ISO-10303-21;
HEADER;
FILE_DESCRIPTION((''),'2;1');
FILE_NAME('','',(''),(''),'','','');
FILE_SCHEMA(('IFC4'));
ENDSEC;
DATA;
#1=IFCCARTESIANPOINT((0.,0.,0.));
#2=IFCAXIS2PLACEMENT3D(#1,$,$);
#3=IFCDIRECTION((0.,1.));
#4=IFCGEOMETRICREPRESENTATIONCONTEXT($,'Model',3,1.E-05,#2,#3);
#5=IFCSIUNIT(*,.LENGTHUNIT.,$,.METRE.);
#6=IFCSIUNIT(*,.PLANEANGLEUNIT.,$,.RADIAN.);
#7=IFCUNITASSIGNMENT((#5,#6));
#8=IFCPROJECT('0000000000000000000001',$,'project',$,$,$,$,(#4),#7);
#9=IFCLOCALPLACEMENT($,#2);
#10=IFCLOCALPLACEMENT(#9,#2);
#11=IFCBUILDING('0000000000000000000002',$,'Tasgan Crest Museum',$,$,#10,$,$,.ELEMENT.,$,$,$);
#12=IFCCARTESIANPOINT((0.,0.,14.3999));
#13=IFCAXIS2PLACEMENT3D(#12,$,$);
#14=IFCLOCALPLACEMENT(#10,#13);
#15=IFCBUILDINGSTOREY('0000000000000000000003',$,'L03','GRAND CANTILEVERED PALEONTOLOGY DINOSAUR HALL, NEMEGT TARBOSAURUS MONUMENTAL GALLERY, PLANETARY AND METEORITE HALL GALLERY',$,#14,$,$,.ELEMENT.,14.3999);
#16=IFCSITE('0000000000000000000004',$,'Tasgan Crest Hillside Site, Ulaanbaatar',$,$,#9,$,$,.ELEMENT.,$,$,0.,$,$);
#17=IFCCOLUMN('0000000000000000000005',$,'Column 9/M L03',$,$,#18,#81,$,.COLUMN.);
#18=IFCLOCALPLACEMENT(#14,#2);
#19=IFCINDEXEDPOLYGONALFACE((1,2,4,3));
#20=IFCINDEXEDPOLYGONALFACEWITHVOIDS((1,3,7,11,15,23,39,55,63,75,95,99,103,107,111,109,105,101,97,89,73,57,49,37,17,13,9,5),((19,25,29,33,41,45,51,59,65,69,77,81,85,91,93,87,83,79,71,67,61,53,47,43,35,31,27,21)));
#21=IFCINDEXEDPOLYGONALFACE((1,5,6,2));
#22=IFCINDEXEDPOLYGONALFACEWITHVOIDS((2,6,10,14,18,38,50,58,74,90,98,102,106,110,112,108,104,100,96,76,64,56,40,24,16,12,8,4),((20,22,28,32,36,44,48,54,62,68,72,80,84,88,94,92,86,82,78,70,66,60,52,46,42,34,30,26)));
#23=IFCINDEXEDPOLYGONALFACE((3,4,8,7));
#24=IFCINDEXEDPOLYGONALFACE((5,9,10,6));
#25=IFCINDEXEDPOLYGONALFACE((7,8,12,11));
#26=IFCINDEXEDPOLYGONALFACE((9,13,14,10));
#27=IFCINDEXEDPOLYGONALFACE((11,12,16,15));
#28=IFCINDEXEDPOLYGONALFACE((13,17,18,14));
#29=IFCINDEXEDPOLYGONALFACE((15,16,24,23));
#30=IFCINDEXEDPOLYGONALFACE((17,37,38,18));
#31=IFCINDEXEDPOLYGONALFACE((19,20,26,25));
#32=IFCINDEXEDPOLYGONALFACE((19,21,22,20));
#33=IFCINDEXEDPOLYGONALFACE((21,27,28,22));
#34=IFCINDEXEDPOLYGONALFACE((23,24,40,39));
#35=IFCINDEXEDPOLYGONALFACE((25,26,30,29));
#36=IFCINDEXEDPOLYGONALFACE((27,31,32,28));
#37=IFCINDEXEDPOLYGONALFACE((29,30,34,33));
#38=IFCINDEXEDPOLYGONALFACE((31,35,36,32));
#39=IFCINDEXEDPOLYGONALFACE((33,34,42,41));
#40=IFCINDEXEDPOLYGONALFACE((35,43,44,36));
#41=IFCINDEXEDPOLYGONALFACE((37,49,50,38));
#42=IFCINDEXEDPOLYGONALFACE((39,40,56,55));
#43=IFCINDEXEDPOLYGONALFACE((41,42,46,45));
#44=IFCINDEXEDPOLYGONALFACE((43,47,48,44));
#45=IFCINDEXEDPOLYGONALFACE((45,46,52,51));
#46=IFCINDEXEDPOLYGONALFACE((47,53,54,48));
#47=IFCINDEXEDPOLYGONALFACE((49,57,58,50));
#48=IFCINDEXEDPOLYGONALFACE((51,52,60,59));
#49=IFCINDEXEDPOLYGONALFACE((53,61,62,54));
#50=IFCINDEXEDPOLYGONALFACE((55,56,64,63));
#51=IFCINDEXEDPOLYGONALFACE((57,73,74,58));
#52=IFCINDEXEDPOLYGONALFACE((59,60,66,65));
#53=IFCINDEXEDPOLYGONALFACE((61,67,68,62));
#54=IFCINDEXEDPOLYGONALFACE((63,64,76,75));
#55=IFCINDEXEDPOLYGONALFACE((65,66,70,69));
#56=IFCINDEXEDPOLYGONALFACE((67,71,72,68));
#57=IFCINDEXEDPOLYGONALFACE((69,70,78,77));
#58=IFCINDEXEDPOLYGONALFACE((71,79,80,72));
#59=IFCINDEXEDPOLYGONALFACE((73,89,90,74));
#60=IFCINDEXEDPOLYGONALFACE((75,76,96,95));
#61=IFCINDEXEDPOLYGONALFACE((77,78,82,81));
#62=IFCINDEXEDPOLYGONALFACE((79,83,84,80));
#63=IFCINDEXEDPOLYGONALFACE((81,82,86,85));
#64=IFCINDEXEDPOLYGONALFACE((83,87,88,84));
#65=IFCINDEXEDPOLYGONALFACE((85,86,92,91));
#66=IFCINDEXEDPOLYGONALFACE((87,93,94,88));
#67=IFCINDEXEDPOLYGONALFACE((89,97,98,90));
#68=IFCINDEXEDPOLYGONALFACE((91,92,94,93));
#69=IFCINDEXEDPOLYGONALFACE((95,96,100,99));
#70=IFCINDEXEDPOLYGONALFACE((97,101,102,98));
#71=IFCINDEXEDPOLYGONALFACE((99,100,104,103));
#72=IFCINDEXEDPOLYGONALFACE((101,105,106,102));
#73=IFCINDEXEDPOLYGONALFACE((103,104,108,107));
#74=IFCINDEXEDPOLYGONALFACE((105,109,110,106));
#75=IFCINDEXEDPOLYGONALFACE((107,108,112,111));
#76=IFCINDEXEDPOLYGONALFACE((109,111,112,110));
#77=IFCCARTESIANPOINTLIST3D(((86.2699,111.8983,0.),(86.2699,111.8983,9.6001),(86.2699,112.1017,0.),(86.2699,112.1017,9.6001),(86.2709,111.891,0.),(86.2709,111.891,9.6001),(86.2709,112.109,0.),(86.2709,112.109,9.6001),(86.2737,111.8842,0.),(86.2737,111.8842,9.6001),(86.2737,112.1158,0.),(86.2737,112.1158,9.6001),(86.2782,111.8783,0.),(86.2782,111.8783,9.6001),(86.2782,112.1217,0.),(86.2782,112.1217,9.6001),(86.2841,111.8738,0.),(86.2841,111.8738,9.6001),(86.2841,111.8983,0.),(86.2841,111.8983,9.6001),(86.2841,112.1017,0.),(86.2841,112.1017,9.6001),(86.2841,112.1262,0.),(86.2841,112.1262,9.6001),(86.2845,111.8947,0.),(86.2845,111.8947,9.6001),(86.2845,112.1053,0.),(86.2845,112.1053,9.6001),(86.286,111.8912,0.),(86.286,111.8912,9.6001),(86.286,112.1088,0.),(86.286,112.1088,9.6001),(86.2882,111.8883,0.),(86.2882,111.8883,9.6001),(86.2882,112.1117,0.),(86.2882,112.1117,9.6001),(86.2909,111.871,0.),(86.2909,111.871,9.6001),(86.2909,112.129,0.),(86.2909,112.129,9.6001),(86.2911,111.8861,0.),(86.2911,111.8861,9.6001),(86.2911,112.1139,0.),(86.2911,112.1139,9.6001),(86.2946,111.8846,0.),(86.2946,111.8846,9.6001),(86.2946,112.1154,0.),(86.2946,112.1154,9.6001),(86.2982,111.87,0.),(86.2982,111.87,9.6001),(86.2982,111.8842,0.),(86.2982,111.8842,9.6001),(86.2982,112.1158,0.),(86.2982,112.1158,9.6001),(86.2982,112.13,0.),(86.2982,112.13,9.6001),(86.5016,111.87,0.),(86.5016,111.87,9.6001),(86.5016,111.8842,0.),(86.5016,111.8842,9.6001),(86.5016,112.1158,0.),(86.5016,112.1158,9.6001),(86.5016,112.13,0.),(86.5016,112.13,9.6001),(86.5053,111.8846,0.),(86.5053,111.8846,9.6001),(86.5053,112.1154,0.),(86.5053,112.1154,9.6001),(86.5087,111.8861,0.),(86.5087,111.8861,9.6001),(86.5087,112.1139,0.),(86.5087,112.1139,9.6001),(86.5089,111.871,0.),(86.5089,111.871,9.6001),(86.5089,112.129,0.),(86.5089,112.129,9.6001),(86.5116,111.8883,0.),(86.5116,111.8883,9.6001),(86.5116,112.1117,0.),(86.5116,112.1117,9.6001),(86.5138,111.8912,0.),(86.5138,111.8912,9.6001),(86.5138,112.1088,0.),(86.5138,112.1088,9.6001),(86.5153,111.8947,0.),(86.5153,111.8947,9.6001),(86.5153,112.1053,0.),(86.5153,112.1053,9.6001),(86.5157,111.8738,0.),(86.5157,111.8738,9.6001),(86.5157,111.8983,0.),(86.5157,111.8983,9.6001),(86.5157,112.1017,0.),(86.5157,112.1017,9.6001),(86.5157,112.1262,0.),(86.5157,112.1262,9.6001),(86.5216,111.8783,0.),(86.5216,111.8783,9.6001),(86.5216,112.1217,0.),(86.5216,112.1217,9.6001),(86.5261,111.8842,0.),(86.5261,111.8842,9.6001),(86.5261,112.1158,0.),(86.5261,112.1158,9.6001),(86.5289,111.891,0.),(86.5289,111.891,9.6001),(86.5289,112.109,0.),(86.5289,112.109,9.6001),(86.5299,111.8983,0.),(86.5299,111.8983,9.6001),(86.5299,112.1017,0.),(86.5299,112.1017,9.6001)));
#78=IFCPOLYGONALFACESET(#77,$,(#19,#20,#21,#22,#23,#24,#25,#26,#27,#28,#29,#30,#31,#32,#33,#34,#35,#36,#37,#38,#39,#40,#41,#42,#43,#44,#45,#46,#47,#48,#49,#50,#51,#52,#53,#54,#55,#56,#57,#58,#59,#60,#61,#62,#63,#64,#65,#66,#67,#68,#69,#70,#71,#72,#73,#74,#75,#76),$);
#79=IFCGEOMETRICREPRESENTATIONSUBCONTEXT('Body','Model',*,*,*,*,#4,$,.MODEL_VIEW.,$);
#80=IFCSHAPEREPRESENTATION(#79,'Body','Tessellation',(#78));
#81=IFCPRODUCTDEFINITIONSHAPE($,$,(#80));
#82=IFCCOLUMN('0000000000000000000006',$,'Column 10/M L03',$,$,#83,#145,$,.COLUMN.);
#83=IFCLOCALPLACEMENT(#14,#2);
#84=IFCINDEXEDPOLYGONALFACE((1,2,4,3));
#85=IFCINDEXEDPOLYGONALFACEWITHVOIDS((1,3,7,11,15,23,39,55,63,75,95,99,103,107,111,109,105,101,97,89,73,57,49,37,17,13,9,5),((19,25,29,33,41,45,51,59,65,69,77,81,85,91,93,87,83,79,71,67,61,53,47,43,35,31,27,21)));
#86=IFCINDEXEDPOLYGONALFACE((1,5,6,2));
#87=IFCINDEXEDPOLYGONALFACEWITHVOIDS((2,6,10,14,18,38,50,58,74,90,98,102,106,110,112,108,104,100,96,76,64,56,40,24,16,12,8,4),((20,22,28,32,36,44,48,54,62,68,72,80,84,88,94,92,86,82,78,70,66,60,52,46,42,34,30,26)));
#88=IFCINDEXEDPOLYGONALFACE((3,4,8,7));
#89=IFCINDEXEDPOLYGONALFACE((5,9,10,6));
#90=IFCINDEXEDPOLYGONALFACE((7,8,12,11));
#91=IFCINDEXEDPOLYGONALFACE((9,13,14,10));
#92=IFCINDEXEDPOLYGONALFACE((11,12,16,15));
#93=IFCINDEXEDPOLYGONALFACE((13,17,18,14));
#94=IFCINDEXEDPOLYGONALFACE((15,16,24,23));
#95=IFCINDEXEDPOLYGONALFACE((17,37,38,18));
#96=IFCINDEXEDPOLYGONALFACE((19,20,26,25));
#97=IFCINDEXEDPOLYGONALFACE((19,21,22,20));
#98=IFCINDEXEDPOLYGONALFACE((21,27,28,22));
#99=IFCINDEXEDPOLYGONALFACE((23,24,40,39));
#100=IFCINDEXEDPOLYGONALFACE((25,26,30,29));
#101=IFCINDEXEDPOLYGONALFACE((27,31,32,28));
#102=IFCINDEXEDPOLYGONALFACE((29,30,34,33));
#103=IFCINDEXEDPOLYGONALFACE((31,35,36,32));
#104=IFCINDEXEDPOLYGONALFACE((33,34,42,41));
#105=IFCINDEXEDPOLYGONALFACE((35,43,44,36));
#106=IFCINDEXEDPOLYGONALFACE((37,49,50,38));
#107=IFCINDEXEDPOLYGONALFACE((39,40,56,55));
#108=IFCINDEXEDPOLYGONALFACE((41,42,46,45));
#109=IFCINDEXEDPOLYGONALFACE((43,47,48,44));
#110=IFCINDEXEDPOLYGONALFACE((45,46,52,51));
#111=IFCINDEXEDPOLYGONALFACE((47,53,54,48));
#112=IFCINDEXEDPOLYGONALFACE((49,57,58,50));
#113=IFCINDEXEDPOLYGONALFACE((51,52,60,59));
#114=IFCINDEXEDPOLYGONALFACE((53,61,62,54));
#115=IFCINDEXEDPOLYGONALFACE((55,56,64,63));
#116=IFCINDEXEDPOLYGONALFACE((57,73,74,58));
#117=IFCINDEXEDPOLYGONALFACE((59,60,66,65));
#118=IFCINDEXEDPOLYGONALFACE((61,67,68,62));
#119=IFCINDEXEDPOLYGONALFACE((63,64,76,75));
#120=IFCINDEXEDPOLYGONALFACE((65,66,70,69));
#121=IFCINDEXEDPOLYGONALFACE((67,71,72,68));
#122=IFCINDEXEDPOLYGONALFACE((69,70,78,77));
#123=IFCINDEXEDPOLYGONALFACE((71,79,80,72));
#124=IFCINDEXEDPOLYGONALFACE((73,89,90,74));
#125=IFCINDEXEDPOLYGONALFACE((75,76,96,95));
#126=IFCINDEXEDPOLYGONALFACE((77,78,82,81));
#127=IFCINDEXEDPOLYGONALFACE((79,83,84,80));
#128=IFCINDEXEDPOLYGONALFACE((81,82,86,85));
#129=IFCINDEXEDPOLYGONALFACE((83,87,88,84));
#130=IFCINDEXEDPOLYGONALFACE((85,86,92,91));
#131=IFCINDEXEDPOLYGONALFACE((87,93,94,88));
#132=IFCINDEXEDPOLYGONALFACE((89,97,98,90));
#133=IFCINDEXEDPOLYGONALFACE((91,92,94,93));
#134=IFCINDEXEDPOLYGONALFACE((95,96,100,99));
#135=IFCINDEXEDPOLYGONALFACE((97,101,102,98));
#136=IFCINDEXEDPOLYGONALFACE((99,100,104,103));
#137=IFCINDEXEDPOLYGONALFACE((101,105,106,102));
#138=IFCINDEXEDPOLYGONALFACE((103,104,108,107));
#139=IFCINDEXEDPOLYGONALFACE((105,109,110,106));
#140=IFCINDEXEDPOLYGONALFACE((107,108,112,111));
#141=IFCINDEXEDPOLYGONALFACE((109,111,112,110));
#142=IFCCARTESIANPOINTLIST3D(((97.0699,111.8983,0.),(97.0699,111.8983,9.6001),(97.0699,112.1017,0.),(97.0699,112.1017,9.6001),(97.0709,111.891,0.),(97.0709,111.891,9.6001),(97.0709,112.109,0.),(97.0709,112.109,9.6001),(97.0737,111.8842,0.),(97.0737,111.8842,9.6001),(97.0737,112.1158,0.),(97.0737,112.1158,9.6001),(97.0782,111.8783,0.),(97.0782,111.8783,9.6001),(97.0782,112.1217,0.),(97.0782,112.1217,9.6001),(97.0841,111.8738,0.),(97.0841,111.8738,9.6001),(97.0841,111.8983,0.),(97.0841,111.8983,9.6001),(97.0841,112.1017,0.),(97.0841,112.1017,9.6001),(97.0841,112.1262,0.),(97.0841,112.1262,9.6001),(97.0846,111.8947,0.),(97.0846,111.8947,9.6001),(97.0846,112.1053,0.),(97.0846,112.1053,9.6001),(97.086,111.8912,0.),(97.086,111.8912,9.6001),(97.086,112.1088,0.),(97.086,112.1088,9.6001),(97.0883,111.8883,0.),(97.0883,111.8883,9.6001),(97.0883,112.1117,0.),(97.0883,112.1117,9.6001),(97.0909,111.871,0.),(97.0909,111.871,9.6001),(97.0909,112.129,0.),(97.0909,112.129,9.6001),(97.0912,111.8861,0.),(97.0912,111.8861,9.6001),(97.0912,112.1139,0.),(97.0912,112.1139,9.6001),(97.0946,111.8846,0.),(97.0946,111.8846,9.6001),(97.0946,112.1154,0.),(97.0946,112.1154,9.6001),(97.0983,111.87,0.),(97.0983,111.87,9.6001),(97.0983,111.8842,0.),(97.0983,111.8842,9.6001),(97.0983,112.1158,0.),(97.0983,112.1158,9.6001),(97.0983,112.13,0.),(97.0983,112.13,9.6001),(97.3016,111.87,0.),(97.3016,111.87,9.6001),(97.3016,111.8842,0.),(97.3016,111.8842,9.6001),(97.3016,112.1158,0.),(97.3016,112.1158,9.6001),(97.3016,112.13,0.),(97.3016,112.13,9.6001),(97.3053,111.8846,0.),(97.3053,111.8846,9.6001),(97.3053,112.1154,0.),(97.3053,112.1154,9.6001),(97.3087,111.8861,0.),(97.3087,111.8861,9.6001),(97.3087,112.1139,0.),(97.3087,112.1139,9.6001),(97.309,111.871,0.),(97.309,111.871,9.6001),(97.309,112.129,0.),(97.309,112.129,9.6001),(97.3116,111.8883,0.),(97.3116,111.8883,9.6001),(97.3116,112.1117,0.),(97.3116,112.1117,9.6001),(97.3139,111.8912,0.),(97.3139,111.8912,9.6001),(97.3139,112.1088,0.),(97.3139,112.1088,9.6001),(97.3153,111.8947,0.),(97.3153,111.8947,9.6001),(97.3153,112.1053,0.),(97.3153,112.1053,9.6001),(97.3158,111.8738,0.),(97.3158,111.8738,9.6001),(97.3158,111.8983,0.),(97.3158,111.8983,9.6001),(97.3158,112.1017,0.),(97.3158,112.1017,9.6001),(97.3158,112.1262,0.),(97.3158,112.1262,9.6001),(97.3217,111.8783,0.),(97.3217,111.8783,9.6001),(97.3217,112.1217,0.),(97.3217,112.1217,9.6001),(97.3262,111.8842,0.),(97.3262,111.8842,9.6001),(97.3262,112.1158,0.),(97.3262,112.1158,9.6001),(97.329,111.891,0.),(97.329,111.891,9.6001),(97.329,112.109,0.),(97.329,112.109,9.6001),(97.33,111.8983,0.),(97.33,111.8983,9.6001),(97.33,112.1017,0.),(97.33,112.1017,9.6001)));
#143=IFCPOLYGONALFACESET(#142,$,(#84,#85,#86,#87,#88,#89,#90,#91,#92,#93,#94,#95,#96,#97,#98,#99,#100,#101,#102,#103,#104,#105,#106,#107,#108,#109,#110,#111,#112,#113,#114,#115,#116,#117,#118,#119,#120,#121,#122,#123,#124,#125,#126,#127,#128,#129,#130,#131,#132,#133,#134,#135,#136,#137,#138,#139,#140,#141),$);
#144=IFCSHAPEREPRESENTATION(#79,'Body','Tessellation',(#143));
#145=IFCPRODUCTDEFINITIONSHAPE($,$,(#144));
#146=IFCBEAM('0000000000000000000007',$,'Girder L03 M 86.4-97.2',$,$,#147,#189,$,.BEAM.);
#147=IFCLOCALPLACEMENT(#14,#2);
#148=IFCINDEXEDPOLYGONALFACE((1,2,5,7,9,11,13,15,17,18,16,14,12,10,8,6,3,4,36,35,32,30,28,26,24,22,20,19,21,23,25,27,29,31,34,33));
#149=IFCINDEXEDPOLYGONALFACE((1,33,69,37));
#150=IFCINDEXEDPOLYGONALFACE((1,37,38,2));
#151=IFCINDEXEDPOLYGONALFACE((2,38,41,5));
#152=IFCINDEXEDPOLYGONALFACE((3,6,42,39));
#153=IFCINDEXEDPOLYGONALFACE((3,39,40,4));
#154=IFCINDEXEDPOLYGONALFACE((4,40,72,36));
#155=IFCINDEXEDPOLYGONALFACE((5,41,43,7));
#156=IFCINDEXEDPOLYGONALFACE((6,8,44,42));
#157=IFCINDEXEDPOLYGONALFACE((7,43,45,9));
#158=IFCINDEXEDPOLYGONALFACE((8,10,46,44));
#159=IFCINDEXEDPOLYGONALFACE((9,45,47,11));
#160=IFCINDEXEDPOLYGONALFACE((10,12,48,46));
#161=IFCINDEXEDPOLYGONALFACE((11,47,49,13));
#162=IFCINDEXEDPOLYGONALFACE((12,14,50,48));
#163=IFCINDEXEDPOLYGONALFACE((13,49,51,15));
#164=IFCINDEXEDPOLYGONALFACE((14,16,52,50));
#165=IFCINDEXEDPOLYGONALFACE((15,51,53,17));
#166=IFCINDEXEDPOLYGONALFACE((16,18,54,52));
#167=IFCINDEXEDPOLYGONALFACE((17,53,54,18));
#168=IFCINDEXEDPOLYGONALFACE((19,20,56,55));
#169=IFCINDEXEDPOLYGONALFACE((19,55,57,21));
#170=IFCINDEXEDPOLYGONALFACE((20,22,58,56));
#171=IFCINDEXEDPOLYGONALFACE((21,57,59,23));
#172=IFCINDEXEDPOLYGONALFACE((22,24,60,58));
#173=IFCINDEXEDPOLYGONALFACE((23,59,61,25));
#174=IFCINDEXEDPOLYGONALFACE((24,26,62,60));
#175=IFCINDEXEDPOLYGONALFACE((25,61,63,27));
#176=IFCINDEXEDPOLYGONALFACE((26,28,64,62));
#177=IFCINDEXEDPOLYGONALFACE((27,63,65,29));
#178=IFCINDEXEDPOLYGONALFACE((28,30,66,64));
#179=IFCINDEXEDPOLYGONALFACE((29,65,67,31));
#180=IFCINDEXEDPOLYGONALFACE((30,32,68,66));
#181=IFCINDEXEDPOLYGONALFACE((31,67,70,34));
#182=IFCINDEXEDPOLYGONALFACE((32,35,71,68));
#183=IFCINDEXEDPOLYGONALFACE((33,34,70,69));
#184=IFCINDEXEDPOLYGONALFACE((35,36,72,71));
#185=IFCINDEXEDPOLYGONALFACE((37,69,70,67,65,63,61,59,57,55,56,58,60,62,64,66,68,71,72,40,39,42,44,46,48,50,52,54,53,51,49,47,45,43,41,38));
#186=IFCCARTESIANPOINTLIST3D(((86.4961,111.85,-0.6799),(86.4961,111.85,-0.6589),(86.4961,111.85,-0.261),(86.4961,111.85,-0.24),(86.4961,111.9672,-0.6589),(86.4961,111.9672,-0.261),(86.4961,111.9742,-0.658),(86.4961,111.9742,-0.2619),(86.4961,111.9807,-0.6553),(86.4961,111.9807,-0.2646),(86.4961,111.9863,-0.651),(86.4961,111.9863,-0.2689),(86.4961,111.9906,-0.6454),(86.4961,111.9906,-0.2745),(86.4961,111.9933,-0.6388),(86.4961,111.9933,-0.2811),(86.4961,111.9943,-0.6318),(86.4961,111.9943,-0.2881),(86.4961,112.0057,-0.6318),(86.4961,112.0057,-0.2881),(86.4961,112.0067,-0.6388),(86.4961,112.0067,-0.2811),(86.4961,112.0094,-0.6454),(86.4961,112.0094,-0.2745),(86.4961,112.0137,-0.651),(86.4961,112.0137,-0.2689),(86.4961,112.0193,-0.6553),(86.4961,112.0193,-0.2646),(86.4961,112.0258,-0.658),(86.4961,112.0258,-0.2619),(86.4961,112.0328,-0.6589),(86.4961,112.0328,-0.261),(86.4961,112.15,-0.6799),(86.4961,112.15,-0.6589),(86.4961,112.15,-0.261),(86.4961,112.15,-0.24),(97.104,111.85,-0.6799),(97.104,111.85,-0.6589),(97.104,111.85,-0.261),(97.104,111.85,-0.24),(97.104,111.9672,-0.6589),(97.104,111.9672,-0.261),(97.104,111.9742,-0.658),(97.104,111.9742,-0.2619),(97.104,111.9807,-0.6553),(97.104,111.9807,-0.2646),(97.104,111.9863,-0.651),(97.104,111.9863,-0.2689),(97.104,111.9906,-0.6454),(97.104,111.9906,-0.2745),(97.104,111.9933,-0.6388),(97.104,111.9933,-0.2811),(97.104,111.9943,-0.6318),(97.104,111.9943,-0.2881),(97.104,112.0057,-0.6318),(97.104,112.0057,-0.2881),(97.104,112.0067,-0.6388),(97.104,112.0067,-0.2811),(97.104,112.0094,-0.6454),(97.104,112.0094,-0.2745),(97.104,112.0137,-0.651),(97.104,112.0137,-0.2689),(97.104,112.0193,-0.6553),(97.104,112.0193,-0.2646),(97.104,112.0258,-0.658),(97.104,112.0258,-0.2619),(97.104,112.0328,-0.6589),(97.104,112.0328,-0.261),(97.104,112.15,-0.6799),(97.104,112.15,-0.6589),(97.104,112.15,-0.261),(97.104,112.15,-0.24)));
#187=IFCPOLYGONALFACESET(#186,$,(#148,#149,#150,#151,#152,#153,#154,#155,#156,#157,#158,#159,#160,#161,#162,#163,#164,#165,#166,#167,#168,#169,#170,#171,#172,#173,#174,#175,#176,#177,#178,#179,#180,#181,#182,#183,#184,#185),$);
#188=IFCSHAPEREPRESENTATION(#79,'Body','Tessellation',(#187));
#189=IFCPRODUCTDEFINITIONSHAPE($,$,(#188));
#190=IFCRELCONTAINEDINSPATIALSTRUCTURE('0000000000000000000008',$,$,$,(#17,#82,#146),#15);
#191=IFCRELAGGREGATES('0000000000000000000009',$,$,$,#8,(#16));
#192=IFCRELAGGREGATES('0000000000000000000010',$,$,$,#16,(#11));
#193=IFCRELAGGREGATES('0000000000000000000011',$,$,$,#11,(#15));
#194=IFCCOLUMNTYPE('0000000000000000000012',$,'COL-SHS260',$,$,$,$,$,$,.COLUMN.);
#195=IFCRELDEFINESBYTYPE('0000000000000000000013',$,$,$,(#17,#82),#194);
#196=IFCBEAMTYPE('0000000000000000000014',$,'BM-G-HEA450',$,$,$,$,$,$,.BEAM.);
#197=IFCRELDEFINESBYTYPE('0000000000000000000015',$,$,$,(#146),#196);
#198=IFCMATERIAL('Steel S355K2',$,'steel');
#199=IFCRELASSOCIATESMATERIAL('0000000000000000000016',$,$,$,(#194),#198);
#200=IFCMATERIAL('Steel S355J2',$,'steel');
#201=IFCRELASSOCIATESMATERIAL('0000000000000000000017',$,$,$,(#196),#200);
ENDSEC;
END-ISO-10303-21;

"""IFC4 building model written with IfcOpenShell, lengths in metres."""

from ifc_helpers import new_model, si_unit, direction, frame, origin, origin_2d, place, context, subcontext, project, spatial, hollow_rectangle, i_section, extrude, material, material_profile, profile_set, type_object, element, save


model = new_model("IFC4")

# Units and contexts
model_context = context("Model", 3, precision=1e-05, world=origin(), true_north=direction((0.0, 1.0)))
body_context = subcontext(model_context, "Body", "Model", "MODEL_VIEW")
ifc_project = project(units=[si_unit("LENGTHUNIT", "METRE"), si_unit("PLANEANGLEUNIT", "RADIAN")], contexts=[model_context])

# Site, building, storey
site_placement = place(None, origin())
site = spatial("IfcSite", under=ifc_project, at=site_placement, Name="Tasgan Crest Hillside Site, Ulaanbaatar", CompositionType="ELEMENT", RefElevation=0.0)
building_placement = place(site_placement, origin())
building = spatial("IfcBuilding", under=site, at=building_placement, Name="Tasgan Crest Museum", CompositionType="ELEMENT")
storey_placement = place(building_placement, frame((0.0, 0.0, 14.3999)))
storey = spatial("IfcBuildingStorey", under=building, at=storey_placement, Name="L03", Description="GRAND CANTILEVERED PALEONTOLOGY DINOSAUR HALL, NEMEGT TARBOSAURUS MONUMENTAL GALLERY, PLANETARY AND METEORITE HALL GALLERY", CompositionType="ELEMENT", Elevation=14.3999)

# Columns
ifc_material_1 = material(Name="Steel S355K2", Category="steel")
ifc_material_profile_1 = material_profile(ifc_material_1, hollow_rectangle(XDim=0.26, YDim=0.26, WallThickness=0.0142, InnerFilletRadius=0.0142, OuterFilletRadius=0.0283, at=origin_2d()), Name="SHS 260x260x14.2")
ifc_profile_set_1 = profile_set([ifc_material_profile_1], Name="Steel S355K2")
column_type = type_object("IfcColumnType", Name="COL-SHS260", PredefinedType="COLUMN", material=ifc_profile_set_1)
for number, where, z_axis, x_axis, name in (
    (1, (86.3999, 112.0, 0.0), (0.0, 0.0, 1.0), (1.0, 0.0, 0.0), "Column 9/M L03"),
    (2, (97.2, 112.0, 0.0), (0.0, 0.0, 1.0), (1.0, 0.0, 0.0), "Column 10/M L03"),
):
    element("IfcColumn", number, at=place(storey_placement, frame(where, z_axis=z_axis, x_axis=x_axis)), inside=storey, type_object=column_type, Name=name, PredefinedType="COLUMN", context=body_context, shape_type="SweptSolid", body=[
        extrude(hollow_rectangle(XDim=0.26, YDim=0.26, WallThickness=0.0142, InnerFilletRadius=0.0142, OuterFilletRadius=0.0283, at=origin_2d()), origin(), (0.0, 0.0, 1.0), 9.6001),
    ])

# Beam
ifc_material_2 = material(Name="Steel S355J2", Category="steel")
ifc_material_profile_2 = material_profile(ifc_material_2, i_section(OverallWidth=0.3, OverallDepth=0.4399, WebThickness=0.0115, FlangeThickness=0.021, FilletRadius=0.0271, at=origin_2d()), Name="HEA 450")
ifc_profile_set_2 = profile_set([ifc_material_profile_2], Name="Steel S355J2")
beam_type = type_object("IfcBeamType", Name="BM-G-HEA450", PredefinedType="BEAM", material=ifc_profile_set_2)
beam_placement = place(storey_placement, frame((86.4961, 112.0, -0.46), z_axis=(1.0, 0.0, 0.0), x_axis=(0.0, 1.0, 0.0)))
element("IfcBeam", 3, at=beam_placement, inside=storey, type_object=beam_type, Name="Girder L03 M 86.4-97.2", PredefinedType="BEAM", context=body_context, shape_type="SweptSolid", body=[
    extrude(i_section(OverallWidth=0.3, OverallDepth=0.4399, WebThickness=0.0115, FlangeThickness=0.021, FilletRadius=0.0271, at=origin_2d()), origin(), (0.0, 0.0, 1.0), 10.6079),
])

save(model, "model.ifc")
